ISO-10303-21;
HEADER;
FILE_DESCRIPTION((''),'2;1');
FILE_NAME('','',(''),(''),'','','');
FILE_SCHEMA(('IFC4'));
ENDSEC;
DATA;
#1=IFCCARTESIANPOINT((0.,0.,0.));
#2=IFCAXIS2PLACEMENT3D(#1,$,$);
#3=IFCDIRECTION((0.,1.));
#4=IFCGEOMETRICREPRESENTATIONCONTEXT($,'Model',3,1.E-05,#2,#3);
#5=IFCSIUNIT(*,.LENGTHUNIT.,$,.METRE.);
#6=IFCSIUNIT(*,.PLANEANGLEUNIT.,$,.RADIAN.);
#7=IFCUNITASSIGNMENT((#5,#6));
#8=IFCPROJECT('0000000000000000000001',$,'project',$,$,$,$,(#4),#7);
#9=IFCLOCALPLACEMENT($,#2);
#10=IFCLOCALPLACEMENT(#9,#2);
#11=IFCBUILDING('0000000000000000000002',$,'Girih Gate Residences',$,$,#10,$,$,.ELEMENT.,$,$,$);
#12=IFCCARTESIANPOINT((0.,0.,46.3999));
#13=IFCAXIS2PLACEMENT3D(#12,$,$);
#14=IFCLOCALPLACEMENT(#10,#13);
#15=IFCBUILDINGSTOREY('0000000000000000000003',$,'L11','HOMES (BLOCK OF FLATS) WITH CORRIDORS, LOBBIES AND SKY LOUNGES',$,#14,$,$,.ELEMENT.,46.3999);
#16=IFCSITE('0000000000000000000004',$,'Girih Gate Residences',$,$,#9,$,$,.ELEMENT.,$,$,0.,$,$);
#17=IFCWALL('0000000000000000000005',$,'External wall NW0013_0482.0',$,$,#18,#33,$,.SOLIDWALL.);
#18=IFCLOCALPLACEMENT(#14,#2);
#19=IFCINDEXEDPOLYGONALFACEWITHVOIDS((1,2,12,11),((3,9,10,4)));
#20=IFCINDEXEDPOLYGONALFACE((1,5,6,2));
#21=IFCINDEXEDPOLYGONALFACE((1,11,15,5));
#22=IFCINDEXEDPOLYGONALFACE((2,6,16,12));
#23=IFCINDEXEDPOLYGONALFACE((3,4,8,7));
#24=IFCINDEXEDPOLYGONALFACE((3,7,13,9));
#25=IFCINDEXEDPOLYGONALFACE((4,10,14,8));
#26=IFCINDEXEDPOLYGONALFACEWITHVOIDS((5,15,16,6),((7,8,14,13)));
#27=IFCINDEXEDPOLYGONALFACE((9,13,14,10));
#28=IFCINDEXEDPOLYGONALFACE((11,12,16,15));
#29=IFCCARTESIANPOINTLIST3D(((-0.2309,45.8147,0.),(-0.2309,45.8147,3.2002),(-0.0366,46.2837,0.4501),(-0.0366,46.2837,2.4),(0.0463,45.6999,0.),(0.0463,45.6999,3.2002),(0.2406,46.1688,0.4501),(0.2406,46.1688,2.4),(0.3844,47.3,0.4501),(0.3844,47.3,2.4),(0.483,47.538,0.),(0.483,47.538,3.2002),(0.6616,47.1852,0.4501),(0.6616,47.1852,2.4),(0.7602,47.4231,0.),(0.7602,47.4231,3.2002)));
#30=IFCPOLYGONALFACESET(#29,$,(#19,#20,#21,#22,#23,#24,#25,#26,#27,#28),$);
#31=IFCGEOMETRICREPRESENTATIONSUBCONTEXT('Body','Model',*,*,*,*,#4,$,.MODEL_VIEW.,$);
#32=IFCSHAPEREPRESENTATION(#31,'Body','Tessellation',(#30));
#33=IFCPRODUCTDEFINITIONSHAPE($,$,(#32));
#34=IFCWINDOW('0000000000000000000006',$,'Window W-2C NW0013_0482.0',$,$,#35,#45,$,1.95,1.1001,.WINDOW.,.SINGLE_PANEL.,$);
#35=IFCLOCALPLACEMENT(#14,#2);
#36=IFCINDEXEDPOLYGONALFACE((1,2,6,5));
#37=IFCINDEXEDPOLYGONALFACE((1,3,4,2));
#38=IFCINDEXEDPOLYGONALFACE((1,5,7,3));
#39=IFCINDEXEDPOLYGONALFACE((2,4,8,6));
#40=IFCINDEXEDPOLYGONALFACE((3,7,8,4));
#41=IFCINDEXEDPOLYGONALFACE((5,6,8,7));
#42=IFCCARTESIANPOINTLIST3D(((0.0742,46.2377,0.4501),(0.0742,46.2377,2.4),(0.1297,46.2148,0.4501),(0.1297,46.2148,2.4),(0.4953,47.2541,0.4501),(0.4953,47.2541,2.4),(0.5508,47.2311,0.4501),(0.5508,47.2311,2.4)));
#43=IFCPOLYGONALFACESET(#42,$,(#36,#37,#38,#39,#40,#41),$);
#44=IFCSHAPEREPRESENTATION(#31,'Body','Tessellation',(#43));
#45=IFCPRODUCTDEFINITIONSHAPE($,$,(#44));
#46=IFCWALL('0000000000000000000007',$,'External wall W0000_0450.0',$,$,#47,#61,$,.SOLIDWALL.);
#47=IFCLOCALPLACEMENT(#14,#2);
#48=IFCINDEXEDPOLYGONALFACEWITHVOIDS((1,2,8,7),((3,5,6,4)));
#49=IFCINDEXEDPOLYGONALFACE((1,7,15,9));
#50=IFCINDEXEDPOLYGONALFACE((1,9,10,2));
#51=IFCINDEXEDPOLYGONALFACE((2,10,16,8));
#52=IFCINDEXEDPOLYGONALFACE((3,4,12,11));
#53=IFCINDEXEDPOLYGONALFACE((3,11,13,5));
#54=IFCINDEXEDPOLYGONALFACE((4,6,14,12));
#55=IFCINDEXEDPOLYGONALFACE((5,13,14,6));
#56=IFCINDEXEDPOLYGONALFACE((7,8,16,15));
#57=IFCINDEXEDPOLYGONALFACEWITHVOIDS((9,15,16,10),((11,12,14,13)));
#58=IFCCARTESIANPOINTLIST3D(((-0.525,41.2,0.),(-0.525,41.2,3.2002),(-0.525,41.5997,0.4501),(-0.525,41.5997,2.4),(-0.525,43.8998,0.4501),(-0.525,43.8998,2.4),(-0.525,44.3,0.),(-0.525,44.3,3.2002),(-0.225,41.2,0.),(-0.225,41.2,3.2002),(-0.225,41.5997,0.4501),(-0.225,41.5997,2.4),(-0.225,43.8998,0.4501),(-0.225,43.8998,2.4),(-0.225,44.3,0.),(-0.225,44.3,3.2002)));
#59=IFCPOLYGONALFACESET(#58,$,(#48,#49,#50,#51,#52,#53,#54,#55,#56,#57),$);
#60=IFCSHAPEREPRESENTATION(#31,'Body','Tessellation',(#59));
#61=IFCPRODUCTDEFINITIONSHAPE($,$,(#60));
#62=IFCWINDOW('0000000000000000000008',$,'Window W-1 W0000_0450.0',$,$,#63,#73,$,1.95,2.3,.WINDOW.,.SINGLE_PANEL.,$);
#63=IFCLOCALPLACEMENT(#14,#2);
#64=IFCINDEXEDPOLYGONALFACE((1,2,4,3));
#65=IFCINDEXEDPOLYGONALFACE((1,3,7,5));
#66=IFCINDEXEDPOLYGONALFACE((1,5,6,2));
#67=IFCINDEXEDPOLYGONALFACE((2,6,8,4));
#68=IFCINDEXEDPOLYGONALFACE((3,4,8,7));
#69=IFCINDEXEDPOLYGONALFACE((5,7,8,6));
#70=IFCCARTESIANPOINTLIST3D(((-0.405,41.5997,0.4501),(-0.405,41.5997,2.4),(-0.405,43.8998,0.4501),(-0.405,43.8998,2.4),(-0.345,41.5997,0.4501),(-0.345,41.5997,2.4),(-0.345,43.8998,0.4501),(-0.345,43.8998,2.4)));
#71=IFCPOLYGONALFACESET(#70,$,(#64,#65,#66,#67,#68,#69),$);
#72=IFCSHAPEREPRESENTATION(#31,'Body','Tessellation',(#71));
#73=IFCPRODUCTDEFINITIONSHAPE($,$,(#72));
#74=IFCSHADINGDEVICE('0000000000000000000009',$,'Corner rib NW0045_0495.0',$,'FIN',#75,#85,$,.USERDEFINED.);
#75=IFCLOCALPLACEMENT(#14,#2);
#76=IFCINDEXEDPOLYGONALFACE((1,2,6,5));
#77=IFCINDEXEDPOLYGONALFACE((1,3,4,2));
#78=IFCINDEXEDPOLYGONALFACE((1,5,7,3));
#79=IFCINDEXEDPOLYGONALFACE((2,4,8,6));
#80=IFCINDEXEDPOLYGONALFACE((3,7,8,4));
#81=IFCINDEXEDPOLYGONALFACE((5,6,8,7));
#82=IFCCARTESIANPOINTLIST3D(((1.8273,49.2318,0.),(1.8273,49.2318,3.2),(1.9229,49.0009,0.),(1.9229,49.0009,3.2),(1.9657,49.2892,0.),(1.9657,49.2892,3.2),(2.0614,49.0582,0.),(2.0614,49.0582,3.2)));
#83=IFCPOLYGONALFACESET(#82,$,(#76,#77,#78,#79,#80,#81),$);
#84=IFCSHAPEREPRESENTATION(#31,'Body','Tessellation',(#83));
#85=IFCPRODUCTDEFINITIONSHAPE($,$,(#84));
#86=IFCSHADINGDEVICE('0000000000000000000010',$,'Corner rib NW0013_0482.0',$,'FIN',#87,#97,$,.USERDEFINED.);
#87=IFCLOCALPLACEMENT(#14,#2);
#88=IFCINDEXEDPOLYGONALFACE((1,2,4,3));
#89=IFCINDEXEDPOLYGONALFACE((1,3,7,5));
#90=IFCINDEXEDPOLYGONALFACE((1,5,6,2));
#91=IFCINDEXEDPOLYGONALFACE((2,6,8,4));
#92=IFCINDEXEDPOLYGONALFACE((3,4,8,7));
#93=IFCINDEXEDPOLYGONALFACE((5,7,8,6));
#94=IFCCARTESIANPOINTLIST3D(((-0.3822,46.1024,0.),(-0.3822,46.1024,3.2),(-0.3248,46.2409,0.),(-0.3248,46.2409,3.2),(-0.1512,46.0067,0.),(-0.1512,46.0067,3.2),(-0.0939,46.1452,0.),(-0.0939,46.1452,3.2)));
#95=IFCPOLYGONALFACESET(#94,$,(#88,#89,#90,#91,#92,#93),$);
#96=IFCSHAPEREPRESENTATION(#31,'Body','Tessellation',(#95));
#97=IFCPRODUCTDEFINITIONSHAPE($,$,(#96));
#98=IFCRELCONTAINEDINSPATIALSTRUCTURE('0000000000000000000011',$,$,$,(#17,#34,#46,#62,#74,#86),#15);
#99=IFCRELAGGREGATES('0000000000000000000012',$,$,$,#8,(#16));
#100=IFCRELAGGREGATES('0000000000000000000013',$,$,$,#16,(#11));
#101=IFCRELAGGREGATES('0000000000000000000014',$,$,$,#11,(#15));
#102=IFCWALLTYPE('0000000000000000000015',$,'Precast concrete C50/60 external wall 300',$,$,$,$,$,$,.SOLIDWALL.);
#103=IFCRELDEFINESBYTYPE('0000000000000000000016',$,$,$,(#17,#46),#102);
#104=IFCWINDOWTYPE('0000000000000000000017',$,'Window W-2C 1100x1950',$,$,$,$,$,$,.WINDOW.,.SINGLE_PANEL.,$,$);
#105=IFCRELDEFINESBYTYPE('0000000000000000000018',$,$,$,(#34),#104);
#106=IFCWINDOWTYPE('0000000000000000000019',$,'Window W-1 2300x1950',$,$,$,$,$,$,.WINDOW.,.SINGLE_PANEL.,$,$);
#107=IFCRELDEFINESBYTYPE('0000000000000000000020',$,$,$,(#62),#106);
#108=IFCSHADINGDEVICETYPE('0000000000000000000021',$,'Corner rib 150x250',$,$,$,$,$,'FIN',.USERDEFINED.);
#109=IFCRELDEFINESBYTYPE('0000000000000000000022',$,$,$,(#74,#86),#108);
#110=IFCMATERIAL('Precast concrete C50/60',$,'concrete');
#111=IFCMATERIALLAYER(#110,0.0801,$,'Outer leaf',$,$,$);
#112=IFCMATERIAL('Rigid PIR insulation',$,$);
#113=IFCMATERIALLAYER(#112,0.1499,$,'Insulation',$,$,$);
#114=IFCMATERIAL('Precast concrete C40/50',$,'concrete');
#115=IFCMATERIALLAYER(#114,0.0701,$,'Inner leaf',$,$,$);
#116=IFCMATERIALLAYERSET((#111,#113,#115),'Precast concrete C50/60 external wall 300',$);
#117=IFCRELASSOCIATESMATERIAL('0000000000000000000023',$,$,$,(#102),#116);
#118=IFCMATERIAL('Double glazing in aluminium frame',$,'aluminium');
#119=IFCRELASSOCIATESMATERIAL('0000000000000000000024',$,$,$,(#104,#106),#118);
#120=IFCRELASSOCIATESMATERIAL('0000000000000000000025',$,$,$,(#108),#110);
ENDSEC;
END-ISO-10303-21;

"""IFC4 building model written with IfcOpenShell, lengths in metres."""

from ifc_helpers import new_model, si_unit, direction, frame, frame_2d, origin, origin_2d, place, context, subcontext, project, spatial, rectangle, extrude, material, layer, layer_set, type_object, element, fill, save


model = new_model("IFC4")

# Units and contexts
model_context = context("Model", 3, precision=1e-05, world=origin(), true_north=direction((0.0, 1.0)))
body_context = subcontext(model_context, "Body", "Model", "MODEL_VIEW")
ifc_project = project(units=[si_unit("LENGTHUNIT", "METRE"), si_unit("PLANEANGLEUNIT", "RADIAN")], contexts=[model_context])

# Site, building, storey
site_placement = place(None, origin())
site = spatial("IfcSite", under=ifc_project, at=site_placement, Name="Girih Gate Residences", CompositionType="ELEMENT", RefElevation=0.0)
building_placement = place(site_placement, origin())
building = spatial("IfcBuilding", under=site, at=building_placement, Name="Girih Gate Residences", CompositionType="ELEMENT")
storey_placement = place(building_placement, frame((0.0, 0.0, 46.3999)))
storey = spatial("IfcBuildingStorey", under=building, at=storey_placement, Name="L11", Description="HOMES (BLOCK OF FLATS) WITH CORRIDORS, LOBBIES AND SKY LOUNGES", CompositionType="ELEMENT", Elevation=46.3999)

# Walls, openings, windows
ifc_material_1 = material(Name="Precast concrete C50/60", Category="concrete")
ifc_layer_1 = layer(ifc_material_1, 0.0801, Name="Outer leaf")
ifc_material_2 = material(Name="Rigid PIR insulation")
ifc_layer_2 = layer(ifc_material_2, 0.1499, Name="Insulation")
ifc_material_3 = material(Name="Precast concrete C40/50", Category="concrete")
ifc_layer_3 = layer(ifc_material_3, 0.0701, Name="Inner leaf")
ifc_layer_set_1 = layer_set([ifc_layer_1, ifc_layer_2, ifc_layer_3], Name="Precast concrete C50/60 external wall 300")
wall_type_1 = type_object("IfcWallType", Name="Precast concrete C50/60 external wall 300", PredefinedType="SOLIDWALL", material=ifc_layer_set_1)
ifc_material_4 = material(Name="Double glazing in aluminium frame", Category="aluminium")
window_type_1 = type_object("IfcWindowType", Name="Window W-2C 1100x1950", PartitioningType="SINGLE_PANEL", PredefinedType="WINDOW", material=ifc_material_4)
wall_1_placement = place(storey_placement, frame((-0.0923, 45.7573, 0.0), z_axis=(0.0, 0.0, 1.0), x_axis=(0.382737, 0.923857, 0.0)))
wall_1 = element("IfcWall", 1, at=wall_1_placement, inside=storey, type_object=wall_type_1, Name="External wall NW0013_0482.0", PredefinedType="SOLIDWALL", context=body_context, shape_type="SweptSolid", body=[
    extrude(rectangle(XDim=1.8652, YDim=0.3, at=frame_2d((0.9326, 0.0))), origin(), (0.0, 0.0, 1.0), 3.2002),
])
opening_1_placement = place(wall_1_placement, frame((0.5076, 0.0, 0.45)))
opening_1 = element("IfcOpeningElement", 2, at=opening_1_placement, cuts=wall_1, PredefinedType="OPENING", context=body_context, shape_type="SweptSolid", body=[
    extrude(rectangle(XDim=1.1001, YDim=1.95, at=frame_2d((0.55, 0.9751))), frame((0.0, 0.1599, 0.0), z_axis=(0.0, -1.0, 0.0), x_axis=(1.0, 0.0, 0.0)), (0.0, 0.0, 1.0), 0.3201),
])
window_1_placement = place(opening_1_placement, origin())
window_1 = element("IfcWindow", 3, at=window_1_placement, inside=storey, type_object=window_type_1, Name="Window W-2C NW0013_0482.0", OverallHeight=1.95, OverallWidth=1.1001, PartitioningType="SINGLE_PANEL", PredefinedType="WINDOW", context=body_context, shape_type="SweptSolid", body=[
    extrude(rectangle(XDim=1.1001, YDim=1.95, at=frame_2d((0.55, 0.9751))), frame((0.0, 0.03, 0.0), z_axis=(0.0, -1.0, 0.0), x_axis=(1.0, 0.0, 0.0)), (0.0, 0.0, 1.0), 0.0601),
])
fill(opening_1, window_1)
wall_2_placement = place(storey_placement, frame((-0.375, 41.2, 0.0), z_axis=(0.0, 0.0, 1.0), x_axis=(0.0, 1.0, 0.0)))
wall_2 = element("IfcWall", 4, at=wall_2_placement, inside=storey, type_object=wall_type_1, Name="External wall W0000_0450.0", PredefinedType="SOLIDWALL", context=body_context, shape_type="SweptSolid", body=[
    extrude(rectangle(XDim=3.1001, YDim=0.3, at=frame_2d((1.55, 0.0))), origin(), (0.0, 0.0, 1.0), 3.2002),
])
opening_2_placement = place(wall_2_placement, frame((0.3999, 0.0, 0.45)))
opening_2 = element("IfcOpeningElement", 5, at=opening_2_placement, cuts=wall_2, PredefinedType="OPENING", context=body_context, shape_type="SweptSolid", body=[
    extrude(rectangle(XDim=2.3, YDim=1.95, at=frame_2d((1.1499, 0.9751))), frame((0.0, 0.1599, 0.0), z_axis=(0.0, -1.0, 0.0), x_axis=(1.0, 0.0, 0.0)), (0.0, 0.0, 1.0), 0.3201),
])
window_type_2 = type_object("IfcWindowType", Name="Window W-1 2300x1950", PartitioningType="SINGLE_PANEL", PredefinedType="WINDOW", material=ifc_material_4)
window_2_placement = place(opening_2_placement, origin())
window_2 = element("IfcWindow", 6, at=window_2_placement, inside=storey, type_object=window_type_2, Name="Window W-1 W0000_0450.0", OverallHeight=1.95, OverallWidth=2.3, PartitioningType="SINGLE_PANEL", PredefinedType="WINDOW", context=body_context, shape_type="SweptSolid", body=[
    extrude(rectangle(XDim=2.3, YDim=1.95, at=frame_2d((1.1499, 0.9751))), frame((0.0, 0.03, 0.0), z_axis=(0.0, -1.0, 0.0), x_axis=(1.0, 0.0, 0.0)), (0.0, 0.0, 1.0), 0.0601),
])
fill(opening_2, window_2)

# Shading devices
shading_device_type = type_object("IfcShadingDeviceType", Name="Corner rib 150x250", ElementType="FIN", PredefinedType="USERDEFINED", material=ifc_material_1)
for number, where, z_axis, x_axis, name in (
    (7, (1.9443, 49.145, 0.0), (0.0, 0.0, 1.0), (-0.92388, -0.382683, 0.0), "Corner rib NW0045_0495.0"),
    (8, (-0.238, 46.1238, 0.0), (0.0, 0.0, 1.0), (-0.382683, -0.92388, 0.0), "Corner rib NW0013_0482.0"),
):
    element("IfcShadingDevice", number, at=place(storey_placement, frame(where, z_axis=z_axis, x_axis=x_axis)), inside=storey, type_object=shading_device_type, Name=name, ObjectType="FIN", PredefinedType="USERDEFINED", context=body_context, shape_type="SweptSolid", body=[
        extrude(rectangle(XDim=0.1499, YDim=0.25, at=origin_2d()), origin(), (0.0, 0.0, 1.0), 3.2),
    ])

save(model, "model.ifc")
